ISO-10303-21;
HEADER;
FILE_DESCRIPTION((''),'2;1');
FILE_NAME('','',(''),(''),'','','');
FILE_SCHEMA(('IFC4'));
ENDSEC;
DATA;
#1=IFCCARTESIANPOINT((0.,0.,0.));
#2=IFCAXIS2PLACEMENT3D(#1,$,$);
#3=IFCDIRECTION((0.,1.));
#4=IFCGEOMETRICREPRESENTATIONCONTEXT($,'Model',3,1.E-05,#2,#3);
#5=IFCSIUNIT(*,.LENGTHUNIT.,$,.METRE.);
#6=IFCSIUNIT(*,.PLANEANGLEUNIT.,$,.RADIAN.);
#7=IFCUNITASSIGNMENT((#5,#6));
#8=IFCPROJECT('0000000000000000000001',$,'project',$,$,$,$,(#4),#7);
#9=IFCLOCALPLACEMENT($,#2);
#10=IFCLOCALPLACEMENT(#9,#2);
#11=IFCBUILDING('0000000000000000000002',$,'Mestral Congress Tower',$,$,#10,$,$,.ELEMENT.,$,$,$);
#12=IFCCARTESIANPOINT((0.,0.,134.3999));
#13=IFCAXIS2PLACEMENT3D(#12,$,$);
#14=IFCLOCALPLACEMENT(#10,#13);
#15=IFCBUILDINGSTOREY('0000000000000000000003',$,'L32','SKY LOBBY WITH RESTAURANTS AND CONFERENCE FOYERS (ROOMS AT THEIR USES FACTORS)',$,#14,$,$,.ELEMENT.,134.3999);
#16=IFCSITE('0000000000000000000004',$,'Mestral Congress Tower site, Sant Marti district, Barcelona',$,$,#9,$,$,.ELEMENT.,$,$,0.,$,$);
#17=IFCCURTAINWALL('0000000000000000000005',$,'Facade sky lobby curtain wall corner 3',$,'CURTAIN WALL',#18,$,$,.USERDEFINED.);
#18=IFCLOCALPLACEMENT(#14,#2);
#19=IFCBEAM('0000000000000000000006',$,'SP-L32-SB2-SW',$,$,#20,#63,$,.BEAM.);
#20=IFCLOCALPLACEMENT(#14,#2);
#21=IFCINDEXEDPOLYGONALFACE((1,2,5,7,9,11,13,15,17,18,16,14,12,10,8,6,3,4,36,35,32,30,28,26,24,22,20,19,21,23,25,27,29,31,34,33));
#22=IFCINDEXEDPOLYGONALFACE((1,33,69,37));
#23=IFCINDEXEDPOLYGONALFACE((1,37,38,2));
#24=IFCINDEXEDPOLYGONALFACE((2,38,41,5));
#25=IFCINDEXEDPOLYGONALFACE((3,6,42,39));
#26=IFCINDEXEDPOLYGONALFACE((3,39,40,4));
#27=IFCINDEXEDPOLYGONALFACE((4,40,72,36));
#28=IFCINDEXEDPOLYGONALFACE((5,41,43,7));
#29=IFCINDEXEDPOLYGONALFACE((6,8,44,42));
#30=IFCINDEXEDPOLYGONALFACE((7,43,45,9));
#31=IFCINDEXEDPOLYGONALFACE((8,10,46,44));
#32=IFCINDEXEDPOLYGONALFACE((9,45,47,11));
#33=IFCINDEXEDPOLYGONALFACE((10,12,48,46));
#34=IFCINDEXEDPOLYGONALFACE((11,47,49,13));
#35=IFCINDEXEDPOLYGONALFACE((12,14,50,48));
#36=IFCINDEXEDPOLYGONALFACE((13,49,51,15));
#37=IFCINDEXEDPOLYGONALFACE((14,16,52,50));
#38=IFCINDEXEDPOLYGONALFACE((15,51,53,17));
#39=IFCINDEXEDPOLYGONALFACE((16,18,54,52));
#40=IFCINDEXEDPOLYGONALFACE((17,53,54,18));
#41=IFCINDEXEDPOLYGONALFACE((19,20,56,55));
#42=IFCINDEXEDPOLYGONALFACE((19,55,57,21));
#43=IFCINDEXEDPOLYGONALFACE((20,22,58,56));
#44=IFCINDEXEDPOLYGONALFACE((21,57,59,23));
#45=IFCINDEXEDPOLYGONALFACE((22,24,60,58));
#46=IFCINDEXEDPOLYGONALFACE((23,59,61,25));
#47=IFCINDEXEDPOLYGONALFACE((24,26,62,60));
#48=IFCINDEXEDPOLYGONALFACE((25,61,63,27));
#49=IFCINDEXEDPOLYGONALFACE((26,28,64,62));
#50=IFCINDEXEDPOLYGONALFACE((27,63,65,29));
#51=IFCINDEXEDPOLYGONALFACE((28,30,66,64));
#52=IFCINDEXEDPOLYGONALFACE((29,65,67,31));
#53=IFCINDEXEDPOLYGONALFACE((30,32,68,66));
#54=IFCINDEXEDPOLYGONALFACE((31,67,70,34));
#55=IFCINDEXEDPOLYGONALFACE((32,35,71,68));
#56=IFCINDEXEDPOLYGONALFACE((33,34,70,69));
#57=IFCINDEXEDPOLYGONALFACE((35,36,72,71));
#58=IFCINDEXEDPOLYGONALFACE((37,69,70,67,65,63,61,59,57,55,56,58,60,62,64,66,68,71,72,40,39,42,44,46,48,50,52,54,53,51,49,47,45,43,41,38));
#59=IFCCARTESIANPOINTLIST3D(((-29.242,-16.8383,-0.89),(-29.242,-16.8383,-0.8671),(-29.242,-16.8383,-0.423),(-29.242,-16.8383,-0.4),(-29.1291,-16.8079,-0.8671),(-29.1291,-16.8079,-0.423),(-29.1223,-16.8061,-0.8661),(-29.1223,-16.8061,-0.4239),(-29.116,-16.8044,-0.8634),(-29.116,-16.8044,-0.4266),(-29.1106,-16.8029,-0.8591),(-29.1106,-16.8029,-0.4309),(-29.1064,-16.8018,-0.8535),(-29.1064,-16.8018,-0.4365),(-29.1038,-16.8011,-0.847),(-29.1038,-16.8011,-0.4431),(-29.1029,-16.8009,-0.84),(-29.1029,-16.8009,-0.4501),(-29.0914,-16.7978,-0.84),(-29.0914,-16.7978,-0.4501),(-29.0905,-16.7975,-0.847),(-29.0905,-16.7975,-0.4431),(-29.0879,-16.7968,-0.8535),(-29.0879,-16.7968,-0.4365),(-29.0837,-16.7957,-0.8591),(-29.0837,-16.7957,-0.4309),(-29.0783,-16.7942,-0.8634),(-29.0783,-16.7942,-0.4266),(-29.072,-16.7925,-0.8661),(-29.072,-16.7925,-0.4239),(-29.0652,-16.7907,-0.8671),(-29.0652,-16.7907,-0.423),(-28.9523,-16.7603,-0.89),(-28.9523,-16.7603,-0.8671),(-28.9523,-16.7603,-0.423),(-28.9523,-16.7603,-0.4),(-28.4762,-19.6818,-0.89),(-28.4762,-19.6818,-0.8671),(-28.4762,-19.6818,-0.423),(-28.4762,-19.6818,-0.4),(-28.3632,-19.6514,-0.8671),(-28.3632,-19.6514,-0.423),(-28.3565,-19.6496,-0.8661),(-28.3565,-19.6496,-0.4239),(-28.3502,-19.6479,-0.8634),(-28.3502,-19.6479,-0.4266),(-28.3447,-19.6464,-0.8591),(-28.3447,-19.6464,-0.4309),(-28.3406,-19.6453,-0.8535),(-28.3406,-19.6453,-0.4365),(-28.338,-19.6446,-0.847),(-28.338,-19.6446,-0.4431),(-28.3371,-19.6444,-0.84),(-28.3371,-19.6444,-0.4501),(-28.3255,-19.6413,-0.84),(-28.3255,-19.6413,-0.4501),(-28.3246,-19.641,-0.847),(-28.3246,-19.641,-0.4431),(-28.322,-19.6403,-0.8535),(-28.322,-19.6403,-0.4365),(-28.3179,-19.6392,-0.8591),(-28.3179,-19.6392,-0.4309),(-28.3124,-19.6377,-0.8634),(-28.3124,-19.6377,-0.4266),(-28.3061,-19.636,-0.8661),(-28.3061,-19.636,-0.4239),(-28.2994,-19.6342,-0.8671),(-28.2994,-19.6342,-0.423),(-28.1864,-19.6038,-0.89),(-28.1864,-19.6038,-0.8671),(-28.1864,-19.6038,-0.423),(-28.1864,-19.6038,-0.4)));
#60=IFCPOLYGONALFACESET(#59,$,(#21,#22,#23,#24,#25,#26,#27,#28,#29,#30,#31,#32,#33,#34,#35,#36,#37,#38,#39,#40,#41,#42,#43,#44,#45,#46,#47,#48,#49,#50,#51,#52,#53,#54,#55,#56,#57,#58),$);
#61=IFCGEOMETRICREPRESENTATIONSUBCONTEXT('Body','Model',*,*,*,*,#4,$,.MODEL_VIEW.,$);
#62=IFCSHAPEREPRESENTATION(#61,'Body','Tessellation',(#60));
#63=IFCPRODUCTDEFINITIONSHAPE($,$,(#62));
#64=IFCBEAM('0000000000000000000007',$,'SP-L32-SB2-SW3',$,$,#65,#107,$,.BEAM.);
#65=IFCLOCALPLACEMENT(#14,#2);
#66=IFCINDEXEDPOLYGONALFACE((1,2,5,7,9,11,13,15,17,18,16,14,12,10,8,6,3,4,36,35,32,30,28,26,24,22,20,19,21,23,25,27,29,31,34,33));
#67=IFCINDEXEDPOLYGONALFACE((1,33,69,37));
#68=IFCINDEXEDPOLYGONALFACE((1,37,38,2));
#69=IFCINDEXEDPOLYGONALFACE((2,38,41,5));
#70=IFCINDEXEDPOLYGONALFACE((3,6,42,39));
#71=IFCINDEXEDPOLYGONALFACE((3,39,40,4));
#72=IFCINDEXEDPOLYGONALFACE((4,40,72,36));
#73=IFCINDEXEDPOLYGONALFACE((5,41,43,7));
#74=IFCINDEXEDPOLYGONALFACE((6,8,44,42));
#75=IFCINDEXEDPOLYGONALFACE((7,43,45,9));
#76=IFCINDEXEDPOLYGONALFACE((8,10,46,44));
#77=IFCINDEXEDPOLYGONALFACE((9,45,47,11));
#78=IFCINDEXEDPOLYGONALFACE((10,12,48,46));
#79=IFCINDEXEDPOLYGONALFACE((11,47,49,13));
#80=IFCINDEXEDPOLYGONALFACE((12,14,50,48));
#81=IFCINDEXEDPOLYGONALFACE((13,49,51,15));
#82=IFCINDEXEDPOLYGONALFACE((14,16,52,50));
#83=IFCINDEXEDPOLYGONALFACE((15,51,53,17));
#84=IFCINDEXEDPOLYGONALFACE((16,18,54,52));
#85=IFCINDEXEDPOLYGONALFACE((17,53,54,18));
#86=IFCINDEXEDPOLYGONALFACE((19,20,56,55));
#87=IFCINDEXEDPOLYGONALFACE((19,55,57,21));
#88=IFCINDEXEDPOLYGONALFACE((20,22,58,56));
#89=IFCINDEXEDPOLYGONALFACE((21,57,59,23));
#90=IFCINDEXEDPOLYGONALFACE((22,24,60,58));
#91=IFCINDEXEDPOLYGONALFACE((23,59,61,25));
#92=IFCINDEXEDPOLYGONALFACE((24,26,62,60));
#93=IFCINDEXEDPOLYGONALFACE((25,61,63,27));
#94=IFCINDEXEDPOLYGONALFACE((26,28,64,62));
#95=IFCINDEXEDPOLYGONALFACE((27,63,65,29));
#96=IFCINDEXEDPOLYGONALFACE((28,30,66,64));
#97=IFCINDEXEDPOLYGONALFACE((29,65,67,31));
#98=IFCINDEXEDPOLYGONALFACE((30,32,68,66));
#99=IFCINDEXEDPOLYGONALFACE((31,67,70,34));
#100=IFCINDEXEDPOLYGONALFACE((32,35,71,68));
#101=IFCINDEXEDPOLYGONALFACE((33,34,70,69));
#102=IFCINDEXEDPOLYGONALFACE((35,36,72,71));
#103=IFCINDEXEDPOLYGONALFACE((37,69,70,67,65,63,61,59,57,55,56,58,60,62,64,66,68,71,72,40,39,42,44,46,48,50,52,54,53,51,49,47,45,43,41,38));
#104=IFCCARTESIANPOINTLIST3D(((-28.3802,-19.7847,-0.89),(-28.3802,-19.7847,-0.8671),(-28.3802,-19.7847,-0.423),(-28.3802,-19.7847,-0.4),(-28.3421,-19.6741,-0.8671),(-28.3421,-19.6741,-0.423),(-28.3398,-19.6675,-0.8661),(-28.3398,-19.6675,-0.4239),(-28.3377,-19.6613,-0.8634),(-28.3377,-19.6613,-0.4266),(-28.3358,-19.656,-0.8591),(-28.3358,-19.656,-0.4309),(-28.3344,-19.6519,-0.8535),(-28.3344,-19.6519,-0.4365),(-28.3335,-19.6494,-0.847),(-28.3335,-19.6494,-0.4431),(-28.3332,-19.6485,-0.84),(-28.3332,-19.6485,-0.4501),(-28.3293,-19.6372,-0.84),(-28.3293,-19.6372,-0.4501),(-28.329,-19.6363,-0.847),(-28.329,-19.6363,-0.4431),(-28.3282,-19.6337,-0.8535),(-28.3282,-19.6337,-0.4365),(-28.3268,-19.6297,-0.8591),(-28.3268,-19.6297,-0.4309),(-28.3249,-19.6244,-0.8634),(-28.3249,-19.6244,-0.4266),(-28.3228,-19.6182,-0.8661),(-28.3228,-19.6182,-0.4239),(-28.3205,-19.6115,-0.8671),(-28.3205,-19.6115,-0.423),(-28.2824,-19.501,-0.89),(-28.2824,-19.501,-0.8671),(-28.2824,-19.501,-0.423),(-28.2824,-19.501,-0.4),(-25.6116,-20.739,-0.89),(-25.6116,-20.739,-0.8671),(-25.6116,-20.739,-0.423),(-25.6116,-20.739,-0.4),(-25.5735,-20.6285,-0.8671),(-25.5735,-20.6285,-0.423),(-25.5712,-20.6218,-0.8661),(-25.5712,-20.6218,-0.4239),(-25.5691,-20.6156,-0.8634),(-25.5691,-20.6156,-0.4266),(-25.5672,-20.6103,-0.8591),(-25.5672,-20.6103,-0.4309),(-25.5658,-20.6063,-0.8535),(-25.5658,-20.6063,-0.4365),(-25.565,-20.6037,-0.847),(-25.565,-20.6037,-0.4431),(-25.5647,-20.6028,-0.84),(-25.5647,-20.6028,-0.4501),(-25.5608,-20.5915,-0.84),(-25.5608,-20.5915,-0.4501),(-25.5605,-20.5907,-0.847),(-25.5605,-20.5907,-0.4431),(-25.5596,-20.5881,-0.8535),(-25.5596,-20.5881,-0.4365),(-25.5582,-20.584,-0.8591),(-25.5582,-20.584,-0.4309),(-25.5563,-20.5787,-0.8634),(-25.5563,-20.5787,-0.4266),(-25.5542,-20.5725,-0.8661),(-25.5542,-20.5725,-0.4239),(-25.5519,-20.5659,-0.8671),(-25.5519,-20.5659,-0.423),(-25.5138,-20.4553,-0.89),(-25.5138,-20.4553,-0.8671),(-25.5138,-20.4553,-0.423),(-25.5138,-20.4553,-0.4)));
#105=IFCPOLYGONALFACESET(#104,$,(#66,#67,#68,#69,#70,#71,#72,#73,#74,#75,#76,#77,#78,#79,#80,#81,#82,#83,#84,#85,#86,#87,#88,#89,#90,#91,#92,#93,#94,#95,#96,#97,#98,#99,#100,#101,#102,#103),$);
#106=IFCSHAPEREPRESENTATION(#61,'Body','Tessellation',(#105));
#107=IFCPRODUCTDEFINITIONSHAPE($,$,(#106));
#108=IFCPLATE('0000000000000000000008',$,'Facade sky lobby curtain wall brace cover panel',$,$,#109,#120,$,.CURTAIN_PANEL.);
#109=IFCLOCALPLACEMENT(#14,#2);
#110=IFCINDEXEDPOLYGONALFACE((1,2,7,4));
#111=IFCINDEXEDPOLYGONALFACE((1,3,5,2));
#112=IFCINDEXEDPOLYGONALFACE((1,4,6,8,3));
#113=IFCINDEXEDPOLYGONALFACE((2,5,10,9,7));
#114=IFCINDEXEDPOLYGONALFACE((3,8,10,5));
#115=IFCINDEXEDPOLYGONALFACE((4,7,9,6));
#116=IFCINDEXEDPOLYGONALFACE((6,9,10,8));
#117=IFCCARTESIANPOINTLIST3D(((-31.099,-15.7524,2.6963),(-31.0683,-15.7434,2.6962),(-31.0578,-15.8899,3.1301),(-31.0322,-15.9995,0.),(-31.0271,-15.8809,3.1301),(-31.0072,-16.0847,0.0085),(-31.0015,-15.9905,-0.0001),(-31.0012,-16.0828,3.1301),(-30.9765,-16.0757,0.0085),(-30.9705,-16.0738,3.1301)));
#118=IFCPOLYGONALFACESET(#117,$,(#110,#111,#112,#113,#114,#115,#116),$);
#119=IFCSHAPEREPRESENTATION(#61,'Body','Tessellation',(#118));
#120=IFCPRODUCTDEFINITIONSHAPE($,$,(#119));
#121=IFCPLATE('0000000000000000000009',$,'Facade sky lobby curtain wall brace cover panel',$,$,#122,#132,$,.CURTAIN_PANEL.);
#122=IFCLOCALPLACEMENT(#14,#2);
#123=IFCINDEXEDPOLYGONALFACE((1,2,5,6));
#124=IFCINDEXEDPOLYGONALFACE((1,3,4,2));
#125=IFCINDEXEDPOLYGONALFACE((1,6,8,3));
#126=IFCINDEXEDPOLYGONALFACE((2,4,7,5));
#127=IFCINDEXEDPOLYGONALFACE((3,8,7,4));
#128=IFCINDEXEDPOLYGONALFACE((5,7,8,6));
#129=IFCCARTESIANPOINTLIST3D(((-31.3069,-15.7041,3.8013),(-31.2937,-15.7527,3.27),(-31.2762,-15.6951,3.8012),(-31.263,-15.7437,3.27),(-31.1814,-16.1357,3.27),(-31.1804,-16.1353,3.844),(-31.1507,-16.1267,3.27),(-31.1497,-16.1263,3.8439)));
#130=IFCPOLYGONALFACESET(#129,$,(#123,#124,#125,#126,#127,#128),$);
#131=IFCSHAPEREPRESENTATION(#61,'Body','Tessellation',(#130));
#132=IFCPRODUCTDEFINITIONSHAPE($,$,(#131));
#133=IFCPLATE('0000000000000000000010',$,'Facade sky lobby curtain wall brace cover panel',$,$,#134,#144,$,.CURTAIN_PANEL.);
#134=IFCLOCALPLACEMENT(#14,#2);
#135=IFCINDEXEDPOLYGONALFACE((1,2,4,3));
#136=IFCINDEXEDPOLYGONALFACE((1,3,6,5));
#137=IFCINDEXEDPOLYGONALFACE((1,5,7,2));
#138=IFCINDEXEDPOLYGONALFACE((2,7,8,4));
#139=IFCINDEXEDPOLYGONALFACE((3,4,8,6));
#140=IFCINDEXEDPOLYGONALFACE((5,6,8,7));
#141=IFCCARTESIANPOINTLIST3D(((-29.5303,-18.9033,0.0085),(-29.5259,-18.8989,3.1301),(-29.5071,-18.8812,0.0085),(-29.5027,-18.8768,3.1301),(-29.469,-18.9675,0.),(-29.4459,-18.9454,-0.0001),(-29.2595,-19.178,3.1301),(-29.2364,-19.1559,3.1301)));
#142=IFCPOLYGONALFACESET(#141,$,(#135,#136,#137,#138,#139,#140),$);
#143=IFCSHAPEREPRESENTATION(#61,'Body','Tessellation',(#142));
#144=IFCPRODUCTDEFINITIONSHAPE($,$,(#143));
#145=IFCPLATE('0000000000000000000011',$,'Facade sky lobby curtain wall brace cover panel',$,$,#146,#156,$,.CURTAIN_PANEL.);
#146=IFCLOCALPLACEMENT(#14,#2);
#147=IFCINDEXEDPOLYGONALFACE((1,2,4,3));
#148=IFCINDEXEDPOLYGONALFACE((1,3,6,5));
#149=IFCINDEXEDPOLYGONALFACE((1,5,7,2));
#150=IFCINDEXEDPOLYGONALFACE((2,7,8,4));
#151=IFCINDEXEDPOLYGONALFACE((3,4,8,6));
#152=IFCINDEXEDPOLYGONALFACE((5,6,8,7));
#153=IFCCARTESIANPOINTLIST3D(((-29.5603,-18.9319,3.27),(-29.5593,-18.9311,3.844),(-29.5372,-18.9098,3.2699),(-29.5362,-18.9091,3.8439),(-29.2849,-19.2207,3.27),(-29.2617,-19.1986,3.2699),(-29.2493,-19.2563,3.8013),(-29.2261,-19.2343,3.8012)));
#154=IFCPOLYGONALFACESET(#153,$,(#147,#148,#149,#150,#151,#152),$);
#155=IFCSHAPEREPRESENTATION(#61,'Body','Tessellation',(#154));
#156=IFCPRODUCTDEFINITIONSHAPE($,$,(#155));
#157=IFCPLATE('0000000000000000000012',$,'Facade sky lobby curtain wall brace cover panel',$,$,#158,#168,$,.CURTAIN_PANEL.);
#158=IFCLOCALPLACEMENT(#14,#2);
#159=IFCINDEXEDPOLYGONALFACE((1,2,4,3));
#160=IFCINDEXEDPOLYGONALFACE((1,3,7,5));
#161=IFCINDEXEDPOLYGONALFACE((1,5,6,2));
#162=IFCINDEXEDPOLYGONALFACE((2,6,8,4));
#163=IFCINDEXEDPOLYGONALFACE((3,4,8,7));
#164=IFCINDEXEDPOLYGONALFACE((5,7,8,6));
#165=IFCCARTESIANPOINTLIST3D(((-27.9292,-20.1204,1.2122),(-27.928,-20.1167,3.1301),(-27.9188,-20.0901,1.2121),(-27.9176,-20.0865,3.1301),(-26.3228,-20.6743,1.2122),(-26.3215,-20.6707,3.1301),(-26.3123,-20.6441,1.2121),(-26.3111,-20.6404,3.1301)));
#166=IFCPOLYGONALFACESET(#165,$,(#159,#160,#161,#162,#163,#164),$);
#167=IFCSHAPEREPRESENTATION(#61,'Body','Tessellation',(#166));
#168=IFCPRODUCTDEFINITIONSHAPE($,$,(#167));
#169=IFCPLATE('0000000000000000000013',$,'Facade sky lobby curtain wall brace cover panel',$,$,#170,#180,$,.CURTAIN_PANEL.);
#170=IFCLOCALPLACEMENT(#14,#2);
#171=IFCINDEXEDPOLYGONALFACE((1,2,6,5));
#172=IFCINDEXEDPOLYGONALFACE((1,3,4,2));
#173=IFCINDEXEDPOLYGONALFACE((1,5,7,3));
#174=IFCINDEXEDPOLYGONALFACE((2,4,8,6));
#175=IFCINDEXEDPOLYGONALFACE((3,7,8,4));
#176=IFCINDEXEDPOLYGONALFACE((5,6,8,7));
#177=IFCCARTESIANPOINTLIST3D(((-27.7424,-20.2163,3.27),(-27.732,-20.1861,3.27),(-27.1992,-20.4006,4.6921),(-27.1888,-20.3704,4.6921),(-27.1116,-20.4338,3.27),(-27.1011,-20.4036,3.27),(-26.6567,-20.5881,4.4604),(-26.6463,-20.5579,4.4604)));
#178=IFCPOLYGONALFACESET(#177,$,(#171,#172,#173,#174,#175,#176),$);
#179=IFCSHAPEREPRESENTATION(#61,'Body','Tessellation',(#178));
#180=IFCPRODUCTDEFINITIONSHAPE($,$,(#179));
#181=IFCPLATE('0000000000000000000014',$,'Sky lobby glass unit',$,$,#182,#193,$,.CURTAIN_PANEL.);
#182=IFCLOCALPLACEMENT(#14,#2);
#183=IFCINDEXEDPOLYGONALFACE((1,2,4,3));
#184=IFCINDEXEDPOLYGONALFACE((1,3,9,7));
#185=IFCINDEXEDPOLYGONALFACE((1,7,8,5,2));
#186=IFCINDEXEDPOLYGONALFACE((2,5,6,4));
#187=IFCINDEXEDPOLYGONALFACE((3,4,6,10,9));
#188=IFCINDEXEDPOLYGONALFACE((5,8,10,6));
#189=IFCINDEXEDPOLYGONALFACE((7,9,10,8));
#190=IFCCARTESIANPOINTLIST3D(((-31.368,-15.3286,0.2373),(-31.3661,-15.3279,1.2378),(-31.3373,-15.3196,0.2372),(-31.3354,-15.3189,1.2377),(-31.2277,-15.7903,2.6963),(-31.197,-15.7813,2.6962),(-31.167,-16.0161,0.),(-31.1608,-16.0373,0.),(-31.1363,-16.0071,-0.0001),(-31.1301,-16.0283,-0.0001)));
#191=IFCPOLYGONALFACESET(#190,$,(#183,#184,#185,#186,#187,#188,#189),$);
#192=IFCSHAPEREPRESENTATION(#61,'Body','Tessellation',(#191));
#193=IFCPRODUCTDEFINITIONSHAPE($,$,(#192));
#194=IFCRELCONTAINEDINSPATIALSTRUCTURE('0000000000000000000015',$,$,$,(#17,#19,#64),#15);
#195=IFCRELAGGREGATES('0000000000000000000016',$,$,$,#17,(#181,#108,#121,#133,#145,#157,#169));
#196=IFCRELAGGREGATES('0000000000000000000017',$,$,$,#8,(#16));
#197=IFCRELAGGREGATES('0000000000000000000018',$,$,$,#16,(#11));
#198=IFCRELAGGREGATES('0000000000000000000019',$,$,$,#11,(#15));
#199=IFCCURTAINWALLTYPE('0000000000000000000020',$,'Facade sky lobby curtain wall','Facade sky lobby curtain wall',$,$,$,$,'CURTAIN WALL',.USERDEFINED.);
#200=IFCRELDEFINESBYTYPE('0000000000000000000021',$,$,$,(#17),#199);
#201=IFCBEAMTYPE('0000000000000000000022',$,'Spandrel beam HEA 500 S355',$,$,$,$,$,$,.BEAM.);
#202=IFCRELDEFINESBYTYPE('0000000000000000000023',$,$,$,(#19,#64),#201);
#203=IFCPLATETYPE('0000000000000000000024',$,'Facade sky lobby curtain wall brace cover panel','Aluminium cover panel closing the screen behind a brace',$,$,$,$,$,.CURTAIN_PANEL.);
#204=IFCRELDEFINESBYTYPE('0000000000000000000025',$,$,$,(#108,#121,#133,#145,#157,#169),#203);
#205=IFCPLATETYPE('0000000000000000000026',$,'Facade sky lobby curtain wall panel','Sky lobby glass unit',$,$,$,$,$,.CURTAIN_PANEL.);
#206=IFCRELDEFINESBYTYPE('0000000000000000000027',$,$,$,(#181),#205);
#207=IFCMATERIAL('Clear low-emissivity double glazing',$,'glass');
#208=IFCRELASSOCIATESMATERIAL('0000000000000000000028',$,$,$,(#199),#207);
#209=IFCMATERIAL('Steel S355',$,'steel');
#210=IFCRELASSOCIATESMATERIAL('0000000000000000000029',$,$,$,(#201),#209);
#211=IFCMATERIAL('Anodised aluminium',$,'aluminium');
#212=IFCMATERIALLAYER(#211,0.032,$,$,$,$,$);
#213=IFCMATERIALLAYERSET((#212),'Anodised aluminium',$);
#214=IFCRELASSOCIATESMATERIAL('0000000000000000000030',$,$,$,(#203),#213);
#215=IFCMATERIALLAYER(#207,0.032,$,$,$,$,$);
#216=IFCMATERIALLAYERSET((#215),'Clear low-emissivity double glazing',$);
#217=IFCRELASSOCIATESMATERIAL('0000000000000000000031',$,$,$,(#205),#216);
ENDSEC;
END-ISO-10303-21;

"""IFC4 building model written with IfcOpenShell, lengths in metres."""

from ifc_helpers import new_model, si_unit, direction, frame, origin, origin_2d, place, context, subcontext, project, spatial, polyline, i_section, outline, extrude, material, layer, layer_set, material_profile, profile_set, type_object, element, aggregate, save


model = new_model("IFC4")

# Units and contexts
model_context = context("Model", 3, precision=1e-05, world=origin(), true_north=direction((0.0, 1.0)))
body_context = subcontext(model_context, "Body", "Model", "MODEL_VIEW")
ifc_project = project(units=[si_unit("LENGTHUNIT", "METRE"), si_unit("PLANEANGLEUNIT", "RADIAN")], contexts=[model_context])

# Site, building, storey
site_placement = place(None, origin())
site = spatial("IfcSite", under=ifc_project, at=site_placement, Name="Mestral Congress Tower site, Sant Marti district, Barcelona", CompositionType="ELEMENT", RefElevation=0.0)
building_placement = place(site_placement, origin())
building = spatial("IfcBuilding", under=site, at=building_placement, Name="Mestral Congress Tower", CompositionType="ELEMENT")
storey_placement = place(building_placement, frame((0.0, 0.0, 134.3999)))
storey = spatial("IfcBuildingStorey", under=building, at=storey_placement, Name="L32", Description="SKY LOBBY WITH RESTAURANTS AND CONFERENCE FOYERS (ROOMS AT THEIR USES FACTORS)", CompositionType="ELEMENT", Elevation=134.3999)

# Shared definitions
ifc_material_1 = material(Name="Steel S355", Category="steel")

# Curtain wall
ifc_material_2 = material(Name="Clear low-emissivity double glazing", Category="glass")
curtain_wall_type = type_object("IfcCurtainWallType", Name="Facade sky lobby curtain wall", Description="Facade sky lobby curtain wall", ElementType="CURTAIN WALL", PredefinedType="USERDEFINED", material=ifc_material_2)
curtain_wall_placement = place(storey_placement, origin())
curtain_wall = element("IfcCurtainWall", 1, at=curtain_wall_placement, inside=storey, type_object=curtain_wall_type, Name="Facade sky lobby curtain wall corner 3", ObjectType="CURTAIN WALL", PredefinedType="USERDEFINED")
ifc_material_3 = material(Name="Anodised aluminium", Category="aluminium")

# Beams
ifc_material_profile_1 = material_profile(ifc_material_1, i_section(OverallWidth=0.3, OverallDepth=0.49, WebThickness=0.012, FlangeThickness=0.0229, FilletRadius=0.0271, at=origin_2d()), Name="HEA 500")
ifc_profile_set_1 = profile_set([ifc_material_profile_1], Name="Steel S355")
beam_type_1 = type_object("IfcBeamType", Name="Spandrel beam HEA 500 S355", PredefinedType="BEAM", material=ifc_profile_set_1)
beam_1_placement = place(storey_placement, frame((-29.0972, -16.7993, -0.645), z_axis=(0.260072, -0.965589, 0.0), x_axis=(0.965589, 0.260072, 0.0)))
element("IfcBeam", 2, at=beam_1_placement, inside=storey, type_object=beam_type_1, Name="SP-L32-SB2-SW", PredefinedType="BEAM", context=body_context, shape_type="SweptSolid", body=[
    extrude(i_section(OverallWidth=0.3, OverallDepth=0.49, WebThickness=0.012, FlangeThickness=0.0229, FilletRadius=0.0271, at=origin_2d()), origin(), (0.0, 0.0, 1.0), 2.9448),
])
beam_2_placement = place(storey_placement, frame((-28.3313, -19.6428, -0.645), z_axis=(0.945408, -0.32589, 0.0), x_axis=(0.32589, 0.945408, 0.0)))
element("IfcBeam", 3, at=beam_2_placement, inside=storey, type_object=beam_type_1, Name="SP-L32-SB2-SW3", PredefinedType="BEAM", context=body_context, shape_type="SweptSolid", body=[
    extrude(i_section(OverallWidth=0.3, OverallDepth=0.49, WebThickness=0.012, FlangeThickness=0.0229, FilletRadius=0.0271, at=origin_2d()), origin(), (0.0, 0.0, 1.0), 2.9285),
])

# Plates
ifc_layer_1 = layer(ifc_material_3, 0.032)
ifc_layer_set_1 = layer_set([ifc_layer_1], Name="Anodised aluminium")
plate_type_1 = type_object("IfcPlateType", Name="Facade sky lobby curtain wall brace cover panel", Description="Aluminium cover panel closing the screen behind a brace", PredefinedType="CURTAIN_PANEL", material=ifc_layer_set_1)
plate_1_placement = place(storey_placement, frame((-31.0322, -15.9995, 0.0), z_axis=(-0.959571, -0.281459, 0.002017), x_axis=(-0.024667, 0.091233, 0.995524)))
plate_1 = element("IfcPlate", 4, at=plate_1_placement, type_object=plate_type_1, Name="Facade sky lobby curtain wall brace cover panel", PredefinedType="CURTAIN_PANEL", context=body_context, shape_type="SweptSolid", body=[
    extrude(outline(polyline([(0.0, 0.0), (2.7084, 0.0), (3.1267, -0.1839), (3.1078, -0.384), (0.0001, -0.0892), (0.0, 0.0)])), origin(), (0.0, 0.0, -1.0), 0.032),
])
plate_2_placement = place(storey_placement, frame((-31.1814, -16.1357, 3.27), z_axis=(-0.959615, -0.281311, 0.001891), x_axis=(-0.281312, 0.959617, 0.0)))
plate_2 = element("IfcPlate", 5, at=plate_2_placement, type_object=plate_type_1, Name="Facade sky lobby curtain wall brace cover panel", PredefinedType="CURTAIN_PANEL", context=body_context, shape_type="SweptSolid", body=[
    extrude(outline(polyline([(0.0, 0.0), (0.3992, 0.0), (0.4495, -0.5313), (0.0002, -0.574), (0.0, 0.0)])), origin(), (0.0, 0.0, -1.0), 0.032),
])
plate_3_placement = place(storey_placement, frame((-29.5259, -18.8989, 3.1301), z_axis=(-0.723353, -0.690476, 0.001988), x_axis=(0.690477, -0.723354, 0.0)))
plate_3 = element("IfcPlate", 6, at=plate_3_placement, type_object=plate_type_1, Name="Facade sky lobby curtain wall brace cover panel", PredefinedType="CURTAIN_PANEL", context=body_context, shape_type="SweptSolid", body=[
    extrude(outline(polyline([(0.0, 0.0), (0.3858, 0.0), (0.0889, -3.1301), (0.0001, -3.1216), (0.0, 0.0)])), origin(), (0.0, 0.0, -1.0), 0.032),
])
plate_4_placement = place(storey_placement, frame((-29.5603, -18.9319, 3.27), z_axis=(-0.723663, -0.69015, 0.002178), x_axis=(0.001749, 0.001321, 0.999998)))
plate_4 = element("IfcPlate", 7, at=plate_4_placement, type_object=plate_type_1, Name="Facade sky lobby curtain wall brace cover panel", PredefinedType="CURTAIN_PANEL", context=body_context, shape_type="SweptSolid", body=[
    extrude(outline(polyline([(0.0, 0.0), (0.574, 0.0), (0.5314, -0.4493), (0.0001, -0.3991), (0.0, 0.0)])), origin(), (0.0, 0.0, -1.0), 0.032),
])
plate_5_placement = place(storey_placement, frame((-26.3215, -20.6707, 3.1301), z_axis=(-0.325994, -0.94537, 0.002013), x_axis=(-0.000636, -0.001909, -0.999998)))
plate_5 = element("IfcPlate", 8, at=plate_5_placement, type_object=plate_type_1, Name="Facade sky lobby curtain wall brace cover panel", PredefinedType="CURTAIN_PANEL", context=body_context, shape_type="SweptSolid", body=[
    extrude(outline(polyline([(0.0, 0.0), (1.918, 0.0), (1.9179, -1.6993), (0.0, -1.6993), (0.0, 0.0)])), origin(), (0.0, 0.0, -1.0), 0.032),
])
plate_6_placement = place(storey_placement, frame((-27.7424, -20.2163, 3.27), z_axis=(-0.325949, -0.945385, 0.001984), x_axis=(0.354246, -0.12019, 0.927396)))
plate_6 = element("IfcPlate", 9, at=plate_6_placement, type_object=plate_type_1, Name="Facade sky lobby curtain wall brace cover panel", PredefinedType="CURTAIN_PANEL", context=body_context, shape_type="SweptSolid", body=[
    extrude(outline(polyline([(0.0, 0.0), (1.5335, 0.0), (1.5333, -0.619), (0.2496, -0.6189), (0.0, 0.0)])), origin(), (0.0, 0.0, -1.0), 0.032),
])
ifc_layer_2 = layer(ifc_material_2, 0.032)
ifc_layer_set_2 = layer_set([ifc_layer_2], Name="Clear low-emissivity double glazing")
plate_type_2 = type_object("IfcPlateType", Name="Facade sky lobby curtain wall panel", Description="Sky lobby glass unit", PredefinedType="CURTAIN_PANEL", material=ifc_layer_set_2)
plate_7_placement = place(storey_placement, frame((-31.167, -16.0161, 0.0), z_axis=(-0.959651, -0.281186, 0.001955), x_axis=(-0.266331, 0.91114, 0.314472)))
plate_7 = element("IfcPlate", 10, at=plate_7_placement, type_object=plate_type_2, Name="Sky lobby glass unit", PredefinedType="CURTAIN_PANEL", context=body_context, shape_type="SweptSolid", body=[
    extrude(outline(polyline([(0.0, 0.0), (0.7546, 0.0), (1.0694, -0.9497), (1.0699, -2.486), (-0.021, -0.0069), (0.0, 0.0)])), origin(), (0.0, 0.0, -1.0), 0.032),
])
aggregate(curtain_wall, [plate_7, plate_1, plate_2, plate_3, plate_4, plate_5, plate_6])

save(model, "model.ifc")
